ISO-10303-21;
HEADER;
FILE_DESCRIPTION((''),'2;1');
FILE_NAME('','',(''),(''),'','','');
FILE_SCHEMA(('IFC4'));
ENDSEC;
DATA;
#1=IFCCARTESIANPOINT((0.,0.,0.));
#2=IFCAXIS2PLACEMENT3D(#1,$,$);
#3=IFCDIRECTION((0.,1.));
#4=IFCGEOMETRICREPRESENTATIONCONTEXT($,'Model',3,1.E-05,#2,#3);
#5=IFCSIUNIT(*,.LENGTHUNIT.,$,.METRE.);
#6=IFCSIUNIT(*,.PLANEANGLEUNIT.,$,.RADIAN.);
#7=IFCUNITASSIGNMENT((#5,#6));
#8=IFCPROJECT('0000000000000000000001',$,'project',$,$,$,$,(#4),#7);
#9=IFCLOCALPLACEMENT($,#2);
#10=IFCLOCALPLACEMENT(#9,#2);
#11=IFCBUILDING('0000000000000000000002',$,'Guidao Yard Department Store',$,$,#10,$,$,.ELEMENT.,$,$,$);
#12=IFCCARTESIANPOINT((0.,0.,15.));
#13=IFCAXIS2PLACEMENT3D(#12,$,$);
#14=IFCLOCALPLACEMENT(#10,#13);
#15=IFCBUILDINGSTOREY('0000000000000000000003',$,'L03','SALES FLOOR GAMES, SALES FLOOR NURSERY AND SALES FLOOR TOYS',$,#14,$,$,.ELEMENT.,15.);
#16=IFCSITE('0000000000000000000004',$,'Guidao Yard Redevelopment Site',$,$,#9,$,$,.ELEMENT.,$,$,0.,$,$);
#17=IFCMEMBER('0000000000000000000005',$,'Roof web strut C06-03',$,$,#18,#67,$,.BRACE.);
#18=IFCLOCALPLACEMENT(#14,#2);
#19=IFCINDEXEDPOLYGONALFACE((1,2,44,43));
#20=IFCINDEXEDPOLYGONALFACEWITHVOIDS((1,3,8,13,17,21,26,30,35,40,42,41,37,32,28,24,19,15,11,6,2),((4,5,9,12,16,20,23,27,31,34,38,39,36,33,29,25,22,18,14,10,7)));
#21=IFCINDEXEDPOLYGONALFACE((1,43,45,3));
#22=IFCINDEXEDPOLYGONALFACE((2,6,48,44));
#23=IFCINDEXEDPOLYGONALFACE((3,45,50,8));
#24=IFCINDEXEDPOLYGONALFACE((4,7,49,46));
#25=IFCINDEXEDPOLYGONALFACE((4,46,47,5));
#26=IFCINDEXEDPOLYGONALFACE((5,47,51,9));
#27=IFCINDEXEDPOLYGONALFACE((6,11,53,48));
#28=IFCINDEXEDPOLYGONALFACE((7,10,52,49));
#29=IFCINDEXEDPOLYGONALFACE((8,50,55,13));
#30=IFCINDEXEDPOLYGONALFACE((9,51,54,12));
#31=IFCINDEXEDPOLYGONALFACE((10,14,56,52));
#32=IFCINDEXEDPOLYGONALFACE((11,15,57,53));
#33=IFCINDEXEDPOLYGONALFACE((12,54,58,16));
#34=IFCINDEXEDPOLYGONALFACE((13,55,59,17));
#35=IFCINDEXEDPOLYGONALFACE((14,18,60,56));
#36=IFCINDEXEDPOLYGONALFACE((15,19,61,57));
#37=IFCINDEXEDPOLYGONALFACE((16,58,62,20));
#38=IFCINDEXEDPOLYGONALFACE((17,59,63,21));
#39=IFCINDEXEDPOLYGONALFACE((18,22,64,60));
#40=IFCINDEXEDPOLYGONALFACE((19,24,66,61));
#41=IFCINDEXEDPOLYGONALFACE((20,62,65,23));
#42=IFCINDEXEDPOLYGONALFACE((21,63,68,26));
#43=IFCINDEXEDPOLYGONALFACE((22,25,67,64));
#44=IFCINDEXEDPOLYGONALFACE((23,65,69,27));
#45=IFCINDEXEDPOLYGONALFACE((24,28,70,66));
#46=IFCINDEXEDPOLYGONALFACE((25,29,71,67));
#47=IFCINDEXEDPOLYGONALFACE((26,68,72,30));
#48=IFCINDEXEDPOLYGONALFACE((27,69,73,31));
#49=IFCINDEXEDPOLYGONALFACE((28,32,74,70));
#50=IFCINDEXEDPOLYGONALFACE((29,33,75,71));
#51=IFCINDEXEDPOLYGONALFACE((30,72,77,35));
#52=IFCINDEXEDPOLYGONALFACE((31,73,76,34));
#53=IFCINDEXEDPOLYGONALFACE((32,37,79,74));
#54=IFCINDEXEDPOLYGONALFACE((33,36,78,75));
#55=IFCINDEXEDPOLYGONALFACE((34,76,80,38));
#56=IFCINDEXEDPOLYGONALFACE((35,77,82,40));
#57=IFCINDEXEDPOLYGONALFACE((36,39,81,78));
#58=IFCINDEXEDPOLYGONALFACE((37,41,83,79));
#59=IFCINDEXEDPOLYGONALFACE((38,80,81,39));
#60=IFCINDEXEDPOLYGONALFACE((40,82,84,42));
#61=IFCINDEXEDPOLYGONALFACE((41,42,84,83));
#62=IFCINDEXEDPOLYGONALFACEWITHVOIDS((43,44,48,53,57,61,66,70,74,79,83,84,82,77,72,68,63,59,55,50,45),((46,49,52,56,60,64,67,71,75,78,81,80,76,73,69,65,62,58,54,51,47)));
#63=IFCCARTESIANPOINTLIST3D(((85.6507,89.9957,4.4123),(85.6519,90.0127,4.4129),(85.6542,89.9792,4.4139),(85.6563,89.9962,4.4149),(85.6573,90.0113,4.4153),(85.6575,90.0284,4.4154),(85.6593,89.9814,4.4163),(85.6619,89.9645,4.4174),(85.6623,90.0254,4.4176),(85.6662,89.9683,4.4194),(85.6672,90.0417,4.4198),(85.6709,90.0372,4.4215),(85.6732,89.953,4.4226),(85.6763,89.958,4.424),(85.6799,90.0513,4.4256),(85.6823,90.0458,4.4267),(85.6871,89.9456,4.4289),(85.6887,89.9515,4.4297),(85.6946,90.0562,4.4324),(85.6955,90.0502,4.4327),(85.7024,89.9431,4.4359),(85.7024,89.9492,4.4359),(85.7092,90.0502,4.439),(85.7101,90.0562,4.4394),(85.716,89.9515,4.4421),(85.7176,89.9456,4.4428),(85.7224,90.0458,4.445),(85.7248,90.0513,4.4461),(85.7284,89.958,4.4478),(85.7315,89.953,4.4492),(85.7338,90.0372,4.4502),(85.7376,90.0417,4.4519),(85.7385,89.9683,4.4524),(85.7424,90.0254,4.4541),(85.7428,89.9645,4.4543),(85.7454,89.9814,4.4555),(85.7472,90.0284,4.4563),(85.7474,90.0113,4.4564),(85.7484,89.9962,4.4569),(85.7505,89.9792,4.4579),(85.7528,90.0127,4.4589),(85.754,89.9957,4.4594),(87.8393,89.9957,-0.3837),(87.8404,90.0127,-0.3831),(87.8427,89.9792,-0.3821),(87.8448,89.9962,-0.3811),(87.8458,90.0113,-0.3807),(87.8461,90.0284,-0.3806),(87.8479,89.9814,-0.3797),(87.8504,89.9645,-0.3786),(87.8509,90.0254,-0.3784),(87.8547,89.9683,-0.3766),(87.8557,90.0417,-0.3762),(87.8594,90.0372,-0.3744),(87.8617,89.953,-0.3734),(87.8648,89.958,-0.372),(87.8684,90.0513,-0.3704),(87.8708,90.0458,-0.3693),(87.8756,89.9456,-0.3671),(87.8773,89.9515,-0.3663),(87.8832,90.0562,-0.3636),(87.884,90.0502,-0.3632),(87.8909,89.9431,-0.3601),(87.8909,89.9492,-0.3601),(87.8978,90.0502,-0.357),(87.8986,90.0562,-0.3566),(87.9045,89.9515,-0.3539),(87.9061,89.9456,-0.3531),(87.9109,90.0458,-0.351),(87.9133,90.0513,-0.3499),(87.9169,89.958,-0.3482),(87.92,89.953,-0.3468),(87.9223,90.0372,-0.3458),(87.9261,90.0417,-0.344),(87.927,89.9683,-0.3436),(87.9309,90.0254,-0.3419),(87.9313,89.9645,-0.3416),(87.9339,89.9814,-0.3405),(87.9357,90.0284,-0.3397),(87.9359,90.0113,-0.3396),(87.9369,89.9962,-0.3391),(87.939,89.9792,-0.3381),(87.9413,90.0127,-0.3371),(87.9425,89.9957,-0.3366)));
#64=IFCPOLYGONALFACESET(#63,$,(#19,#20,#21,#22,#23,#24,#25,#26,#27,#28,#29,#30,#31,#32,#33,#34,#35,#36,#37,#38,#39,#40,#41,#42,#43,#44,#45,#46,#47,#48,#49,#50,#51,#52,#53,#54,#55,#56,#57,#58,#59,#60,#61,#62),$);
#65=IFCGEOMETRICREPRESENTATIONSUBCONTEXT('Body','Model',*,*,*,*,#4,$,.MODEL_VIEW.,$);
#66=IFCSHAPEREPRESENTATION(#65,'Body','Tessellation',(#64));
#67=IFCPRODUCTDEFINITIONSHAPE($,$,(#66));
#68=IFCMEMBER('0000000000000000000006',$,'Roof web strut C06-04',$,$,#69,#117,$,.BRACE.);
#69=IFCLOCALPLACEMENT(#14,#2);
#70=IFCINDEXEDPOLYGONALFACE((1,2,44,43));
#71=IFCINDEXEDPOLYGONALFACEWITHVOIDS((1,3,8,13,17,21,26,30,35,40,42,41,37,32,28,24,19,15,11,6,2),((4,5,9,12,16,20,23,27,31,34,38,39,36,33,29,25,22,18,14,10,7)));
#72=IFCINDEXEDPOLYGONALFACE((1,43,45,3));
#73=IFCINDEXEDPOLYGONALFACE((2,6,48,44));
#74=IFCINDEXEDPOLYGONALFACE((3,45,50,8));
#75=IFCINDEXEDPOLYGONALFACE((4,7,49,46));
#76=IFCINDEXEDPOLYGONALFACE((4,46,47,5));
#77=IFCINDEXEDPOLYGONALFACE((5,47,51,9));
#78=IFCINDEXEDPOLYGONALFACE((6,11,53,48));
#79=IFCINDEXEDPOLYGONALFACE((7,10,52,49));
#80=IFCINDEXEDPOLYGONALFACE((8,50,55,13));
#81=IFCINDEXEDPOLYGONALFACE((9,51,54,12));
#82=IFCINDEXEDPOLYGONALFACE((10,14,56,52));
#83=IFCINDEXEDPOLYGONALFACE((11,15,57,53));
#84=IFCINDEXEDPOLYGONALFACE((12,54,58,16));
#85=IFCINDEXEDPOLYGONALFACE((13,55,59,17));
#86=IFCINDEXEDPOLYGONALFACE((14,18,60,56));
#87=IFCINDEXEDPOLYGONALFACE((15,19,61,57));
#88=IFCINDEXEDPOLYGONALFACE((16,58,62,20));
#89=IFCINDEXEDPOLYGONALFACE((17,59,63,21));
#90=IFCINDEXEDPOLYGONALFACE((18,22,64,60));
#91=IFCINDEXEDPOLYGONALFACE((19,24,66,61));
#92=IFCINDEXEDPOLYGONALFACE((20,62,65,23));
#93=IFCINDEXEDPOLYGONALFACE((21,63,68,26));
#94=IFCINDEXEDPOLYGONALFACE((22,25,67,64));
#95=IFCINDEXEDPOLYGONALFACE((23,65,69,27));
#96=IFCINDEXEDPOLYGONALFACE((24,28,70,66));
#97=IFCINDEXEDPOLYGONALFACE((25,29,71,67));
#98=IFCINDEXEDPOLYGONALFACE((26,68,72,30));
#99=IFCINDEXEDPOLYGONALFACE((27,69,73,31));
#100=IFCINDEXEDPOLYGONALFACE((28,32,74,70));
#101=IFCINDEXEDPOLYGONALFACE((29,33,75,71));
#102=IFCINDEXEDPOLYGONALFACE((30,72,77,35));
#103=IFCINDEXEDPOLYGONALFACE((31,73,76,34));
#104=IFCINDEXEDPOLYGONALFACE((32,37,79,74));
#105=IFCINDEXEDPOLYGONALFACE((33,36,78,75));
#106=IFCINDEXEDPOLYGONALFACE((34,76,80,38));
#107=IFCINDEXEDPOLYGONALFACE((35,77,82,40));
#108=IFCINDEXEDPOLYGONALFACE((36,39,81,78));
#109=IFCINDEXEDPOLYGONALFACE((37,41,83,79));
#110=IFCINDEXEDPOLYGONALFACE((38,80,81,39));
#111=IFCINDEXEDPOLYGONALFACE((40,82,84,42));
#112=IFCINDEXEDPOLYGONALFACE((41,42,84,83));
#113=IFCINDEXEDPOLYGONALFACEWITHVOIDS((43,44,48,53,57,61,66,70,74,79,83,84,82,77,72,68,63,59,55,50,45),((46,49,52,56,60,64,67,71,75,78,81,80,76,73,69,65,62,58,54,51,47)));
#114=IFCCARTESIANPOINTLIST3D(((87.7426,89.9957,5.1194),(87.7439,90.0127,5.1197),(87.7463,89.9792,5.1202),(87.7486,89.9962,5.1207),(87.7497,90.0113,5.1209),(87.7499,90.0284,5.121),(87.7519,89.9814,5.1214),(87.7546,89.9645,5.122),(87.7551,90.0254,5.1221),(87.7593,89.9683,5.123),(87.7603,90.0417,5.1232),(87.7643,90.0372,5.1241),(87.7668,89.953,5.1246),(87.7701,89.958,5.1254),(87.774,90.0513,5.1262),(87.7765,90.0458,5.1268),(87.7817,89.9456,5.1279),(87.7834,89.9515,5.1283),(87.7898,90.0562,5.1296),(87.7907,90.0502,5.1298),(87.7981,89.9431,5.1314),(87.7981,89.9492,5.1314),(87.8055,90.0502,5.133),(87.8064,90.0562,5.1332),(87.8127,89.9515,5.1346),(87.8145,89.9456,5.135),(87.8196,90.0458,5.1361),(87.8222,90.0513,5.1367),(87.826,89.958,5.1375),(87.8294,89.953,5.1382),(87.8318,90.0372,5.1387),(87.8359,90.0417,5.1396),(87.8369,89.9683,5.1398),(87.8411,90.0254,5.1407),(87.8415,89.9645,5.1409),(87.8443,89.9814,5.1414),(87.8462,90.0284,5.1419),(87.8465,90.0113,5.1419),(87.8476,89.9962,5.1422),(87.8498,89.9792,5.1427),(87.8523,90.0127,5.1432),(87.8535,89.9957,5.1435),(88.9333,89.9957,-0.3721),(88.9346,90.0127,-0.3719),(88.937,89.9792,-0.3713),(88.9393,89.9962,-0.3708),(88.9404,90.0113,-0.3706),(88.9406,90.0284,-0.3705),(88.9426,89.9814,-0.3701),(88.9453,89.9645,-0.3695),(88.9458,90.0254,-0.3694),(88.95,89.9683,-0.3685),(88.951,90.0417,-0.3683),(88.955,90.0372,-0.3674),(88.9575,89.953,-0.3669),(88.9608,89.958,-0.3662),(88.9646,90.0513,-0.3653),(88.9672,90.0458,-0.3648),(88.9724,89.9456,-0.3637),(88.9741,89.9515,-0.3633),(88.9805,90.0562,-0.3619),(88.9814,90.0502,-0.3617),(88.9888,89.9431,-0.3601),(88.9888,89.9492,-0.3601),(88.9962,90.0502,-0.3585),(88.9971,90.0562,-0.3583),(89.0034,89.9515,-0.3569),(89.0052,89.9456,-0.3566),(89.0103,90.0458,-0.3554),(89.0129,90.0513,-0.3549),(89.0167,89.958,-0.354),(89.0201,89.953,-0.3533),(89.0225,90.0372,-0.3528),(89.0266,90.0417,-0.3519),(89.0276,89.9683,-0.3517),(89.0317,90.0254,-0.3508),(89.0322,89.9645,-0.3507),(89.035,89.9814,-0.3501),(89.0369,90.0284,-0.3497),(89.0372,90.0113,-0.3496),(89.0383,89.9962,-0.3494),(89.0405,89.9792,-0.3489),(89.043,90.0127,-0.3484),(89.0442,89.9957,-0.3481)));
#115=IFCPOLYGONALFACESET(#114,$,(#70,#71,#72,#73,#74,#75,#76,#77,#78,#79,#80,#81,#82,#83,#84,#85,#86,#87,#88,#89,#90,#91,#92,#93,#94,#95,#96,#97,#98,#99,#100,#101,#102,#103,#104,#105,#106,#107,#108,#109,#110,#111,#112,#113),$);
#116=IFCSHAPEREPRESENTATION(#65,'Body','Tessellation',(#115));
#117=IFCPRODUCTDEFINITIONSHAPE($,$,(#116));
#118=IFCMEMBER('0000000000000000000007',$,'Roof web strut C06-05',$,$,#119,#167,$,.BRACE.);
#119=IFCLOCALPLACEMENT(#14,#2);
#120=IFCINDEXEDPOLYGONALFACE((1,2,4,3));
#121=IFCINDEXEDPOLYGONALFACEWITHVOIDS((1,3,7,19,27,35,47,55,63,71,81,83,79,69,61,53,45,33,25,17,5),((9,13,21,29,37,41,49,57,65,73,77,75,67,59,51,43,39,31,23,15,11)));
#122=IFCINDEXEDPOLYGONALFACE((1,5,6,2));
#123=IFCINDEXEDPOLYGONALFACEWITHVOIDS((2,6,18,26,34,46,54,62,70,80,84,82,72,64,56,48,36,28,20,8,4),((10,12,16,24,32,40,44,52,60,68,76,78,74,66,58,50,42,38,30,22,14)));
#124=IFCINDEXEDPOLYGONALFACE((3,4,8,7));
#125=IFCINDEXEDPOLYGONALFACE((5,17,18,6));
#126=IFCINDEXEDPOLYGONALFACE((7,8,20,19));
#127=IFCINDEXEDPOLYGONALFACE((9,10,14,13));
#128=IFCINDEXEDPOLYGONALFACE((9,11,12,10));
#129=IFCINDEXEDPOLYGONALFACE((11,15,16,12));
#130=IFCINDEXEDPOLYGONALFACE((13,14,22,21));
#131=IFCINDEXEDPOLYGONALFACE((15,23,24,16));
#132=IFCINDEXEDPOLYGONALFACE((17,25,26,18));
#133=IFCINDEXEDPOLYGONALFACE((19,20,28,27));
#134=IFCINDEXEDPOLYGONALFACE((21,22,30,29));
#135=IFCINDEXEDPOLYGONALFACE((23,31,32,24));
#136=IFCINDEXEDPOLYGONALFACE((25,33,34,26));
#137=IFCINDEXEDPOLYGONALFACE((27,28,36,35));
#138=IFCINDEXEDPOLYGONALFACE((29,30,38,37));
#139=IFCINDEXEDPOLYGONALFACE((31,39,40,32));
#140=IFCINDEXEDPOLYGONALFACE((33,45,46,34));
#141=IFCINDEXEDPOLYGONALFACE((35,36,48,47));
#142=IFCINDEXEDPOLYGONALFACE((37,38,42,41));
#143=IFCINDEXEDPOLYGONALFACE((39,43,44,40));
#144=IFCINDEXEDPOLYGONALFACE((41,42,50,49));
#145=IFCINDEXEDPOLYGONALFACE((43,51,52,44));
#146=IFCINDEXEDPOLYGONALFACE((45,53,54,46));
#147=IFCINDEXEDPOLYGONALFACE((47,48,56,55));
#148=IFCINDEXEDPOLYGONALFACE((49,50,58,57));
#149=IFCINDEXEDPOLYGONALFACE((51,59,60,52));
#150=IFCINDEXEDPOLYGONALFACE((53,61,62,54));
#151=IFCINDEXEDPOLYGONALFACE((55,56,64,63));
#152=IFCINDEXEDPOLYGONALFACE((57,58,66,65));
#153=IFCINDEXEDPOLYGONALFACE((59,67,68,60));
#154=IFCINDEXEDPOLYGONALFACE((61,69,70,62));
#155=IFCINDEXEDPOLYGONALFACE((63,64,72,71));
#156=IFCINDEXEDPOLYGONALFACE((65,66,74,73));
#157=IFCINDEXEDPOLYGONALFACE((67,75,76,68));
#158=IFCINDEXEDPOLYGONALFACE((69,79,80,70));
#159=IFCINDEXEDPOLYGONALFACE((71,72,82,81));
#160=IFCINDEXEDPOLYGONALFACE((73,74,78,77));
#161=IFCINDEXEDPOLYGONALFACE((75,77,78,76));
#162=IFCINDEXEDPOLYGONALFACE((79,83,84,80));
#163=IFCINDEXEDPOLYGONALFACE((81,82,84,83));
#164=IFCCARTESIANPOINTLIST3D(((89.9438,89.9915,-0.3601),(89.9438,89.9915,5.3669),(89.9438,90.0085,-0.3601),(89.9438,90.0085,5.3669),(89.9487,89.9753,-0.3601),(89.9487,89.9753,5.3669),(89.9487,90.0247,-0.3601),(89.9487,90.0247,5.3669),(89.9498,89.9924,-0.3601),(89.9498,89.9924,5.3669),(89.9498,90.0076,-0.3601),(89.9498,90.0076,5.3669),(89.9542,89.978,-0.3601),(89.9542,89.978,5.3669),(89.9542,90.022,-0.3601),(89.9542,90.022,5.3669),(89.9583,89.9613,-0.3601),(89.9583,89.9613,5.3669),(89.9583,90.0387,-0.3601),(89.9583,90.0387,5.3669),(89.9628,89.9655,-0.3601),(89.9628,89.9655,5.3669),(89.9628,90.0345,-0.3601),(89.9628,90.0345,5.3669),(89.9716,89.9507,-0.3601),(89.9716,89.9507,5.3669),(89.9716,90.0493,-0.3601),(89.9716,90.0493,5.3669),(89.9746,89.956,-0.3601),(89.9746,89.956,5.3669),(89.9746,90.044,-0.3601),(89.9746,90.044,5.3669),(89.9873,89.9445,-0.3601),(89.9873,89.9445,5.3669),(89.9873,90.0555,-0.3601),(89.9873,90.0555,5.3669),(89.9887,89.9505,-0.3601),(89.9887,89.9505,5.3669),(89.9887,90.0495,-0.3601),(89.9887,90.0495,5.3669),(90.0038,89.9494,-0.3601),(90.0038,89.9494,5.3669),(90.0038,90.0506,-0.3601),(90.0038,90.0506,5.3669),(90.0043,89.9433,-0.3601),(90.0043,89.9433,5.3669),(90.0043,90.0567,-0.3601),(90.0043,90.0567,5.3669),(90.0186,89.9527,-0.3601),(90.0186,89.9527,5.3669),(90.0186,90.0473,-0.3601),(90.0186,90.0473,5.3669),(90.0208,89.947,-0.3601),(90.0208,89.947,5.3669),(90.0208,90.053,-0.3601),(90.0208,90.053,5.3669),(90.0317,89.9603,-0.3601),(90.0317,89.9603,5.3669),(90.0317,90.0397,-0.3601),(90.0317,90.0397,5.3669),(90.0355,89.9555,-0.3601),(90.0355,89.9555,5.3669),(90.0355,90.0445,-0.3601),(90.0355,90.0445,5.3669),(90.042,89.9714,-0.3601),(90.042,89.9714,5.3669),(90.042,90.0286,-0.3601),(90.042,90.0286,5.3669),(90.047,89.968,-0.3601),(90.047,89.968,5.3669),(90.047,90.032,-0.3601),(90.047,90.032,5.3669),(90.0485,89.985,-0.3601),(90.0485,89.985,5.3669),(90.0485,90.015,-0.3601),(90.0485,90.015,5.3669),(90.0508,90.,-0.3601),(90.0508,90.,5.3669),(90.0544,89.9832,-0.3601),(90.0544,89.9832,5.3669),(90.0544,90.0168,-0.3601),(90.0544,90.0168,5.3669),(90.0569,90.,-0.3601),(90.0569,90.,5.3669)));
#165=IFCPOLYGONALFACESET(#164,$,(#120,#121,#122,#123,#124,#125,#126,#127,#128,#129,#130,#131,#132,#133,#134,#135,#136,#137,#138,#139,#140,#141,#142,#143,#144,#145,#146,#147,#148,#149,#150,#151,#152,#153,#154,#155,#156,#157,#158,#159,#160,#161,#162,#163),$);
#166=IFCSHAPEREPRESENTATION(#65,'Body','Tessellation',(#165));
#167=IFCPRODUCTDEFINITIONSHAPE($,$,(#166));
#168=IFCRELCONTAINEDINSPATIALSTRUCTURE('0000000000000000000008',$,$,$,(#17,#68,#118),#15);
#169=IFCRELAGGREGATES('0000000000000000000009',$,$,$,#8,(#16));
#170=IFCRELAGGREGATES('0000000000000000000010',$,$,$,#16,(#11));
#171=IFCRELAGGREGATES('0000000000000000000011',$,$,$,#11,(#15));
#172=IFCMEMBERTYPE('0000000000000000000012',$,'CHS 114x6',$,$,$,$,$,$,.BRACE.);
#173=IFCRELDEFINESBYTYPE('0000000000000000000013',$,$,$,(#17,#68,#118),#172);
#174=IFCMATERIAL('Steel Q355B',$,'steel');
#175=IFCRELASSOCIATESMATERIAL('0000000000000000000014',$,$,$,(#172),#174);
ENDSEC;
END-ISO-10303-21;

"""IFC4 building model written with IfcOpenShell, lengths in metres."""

from ifc_helpers import new_model, si_unit, direction, frame, origin, origin_2d, place, context, subcontext, project, spatial, hollow_circle, extrude, material, material_profile, profile_set, type_object, element, save


model = new_model("IFC4")

# Units and contexts
model_context = context("Model", 3, precision=1e-05, world=origin(), true_north=direction((0.0, 1.0)))
body_context = subcontext(model_context, "Body", "Model", "MODEL_VIEW")
ifc_project = project(units=[si_unit("LENGTHUNIT", "METRE"), si_unit("PLANEANGLEUNIT", "RADIAN")], contexts=[model_context])

# Site, building, storey
site_placement = place(None, origin())
site = spatial("IfcSite", under=ifc_project, at=site_placement, Name="Guidao Yard Redevelopment Site", CompositionType="ELEMENT", RefElevation=0.0)
building_placement = place(site_placement, origin())
building = spatial("IfcBuilding", under=site, at=building_placement, Name="Guidao Yard Department Store", CompositionType="ELEMENT")
storey_placement = place(building_placement, frame((0.0, 0.0, 15.0)))
storey = spatial("IfcBuildingStorey", under=building, at=storey_placement, Name="L03", Description="SALES FLOOR GAMES, SALES FLOOR NURSERY AND SALES FLOOR TOYS", CompositionType="ELEMENT", Elevation=15.0)

# Members
ifc_material_1 = material(Name="Steel Q355B", Category="steel")
ifc_material_profile_1 = material_profile(ifc_material_1, hollow_circle(Radius=0.0569, WallThickness=0.0061, at=origin_2d()), Name="CHS 114x6")
ifc_profile_set_1 = profile_set([ifc_material_profile_1], Name="Steel Q355B")
member_type_1 = type_object("IfcMemberType", Name="CHS 114x6", PredefinedType="BRACE", material=ifc_profile_set_1)
member_1_placement = place(storey_placement, frame((87.8909, 90.0, -0.3601), z_axis=(-0.415142, 0.0, 0.909756), x_axis=(0.0, -1.0, 0.0)))
element("IfcMember", 1, at=member_1_placement, inside=storey, type_object=member_type_1, Name="Roof web strut C06-03", PredefinedType="BRACE", context=body_context, shape_type="SweptSolid", body=[
    extrude(hollow_circle(Radius=0.0569, WallThickness=0.0061, at=origin_2d()), origin(), (0.0, 0.0, 1.0), 5.2717),
])
member_2_placement = place(storey_placement, frame((88.9888, 90.0, -0.3601), z_axis=(-0.211899, 0.0, 0.977292), x_axis=(0.0, -1.0, 0.0)))
element("IfcMember", 2, at=member_2_placement, inside=storey, type_object=member_type_1, Name="Roof web strut C06-04", PredefinedType="BRACE", context=body_context, shape_type="SweptSolid", body=[
    extrude(hollow_circle(Radius=0.0569, WallThickness=0.0061, at=origin_2d()), origin(), (0.0, 0.0, 1.0), 5.6191),
])
member_3_placement = place(storey_placement, frame((90.0, 90.0, -0.3601), z_axis=(0.0, 0.0, 1.0), x_axis=(1.0, 0.0, 0.0)))
element("IfcMember", 3, at=member_3_placement, inside=storey, type_object=member_type_1, Name="Roof web strut C06-05", PredefinedType="BRACE", context=body_context, shape_type="SweptSolid", body=[
    extrude(hollow_circle(Radius=0.0569, WallThickness=0.0061, at=origin_2d()), origin(), (0.0, 0.0, 1.0), 5.7271),
])

save(model, "model.ifc")
